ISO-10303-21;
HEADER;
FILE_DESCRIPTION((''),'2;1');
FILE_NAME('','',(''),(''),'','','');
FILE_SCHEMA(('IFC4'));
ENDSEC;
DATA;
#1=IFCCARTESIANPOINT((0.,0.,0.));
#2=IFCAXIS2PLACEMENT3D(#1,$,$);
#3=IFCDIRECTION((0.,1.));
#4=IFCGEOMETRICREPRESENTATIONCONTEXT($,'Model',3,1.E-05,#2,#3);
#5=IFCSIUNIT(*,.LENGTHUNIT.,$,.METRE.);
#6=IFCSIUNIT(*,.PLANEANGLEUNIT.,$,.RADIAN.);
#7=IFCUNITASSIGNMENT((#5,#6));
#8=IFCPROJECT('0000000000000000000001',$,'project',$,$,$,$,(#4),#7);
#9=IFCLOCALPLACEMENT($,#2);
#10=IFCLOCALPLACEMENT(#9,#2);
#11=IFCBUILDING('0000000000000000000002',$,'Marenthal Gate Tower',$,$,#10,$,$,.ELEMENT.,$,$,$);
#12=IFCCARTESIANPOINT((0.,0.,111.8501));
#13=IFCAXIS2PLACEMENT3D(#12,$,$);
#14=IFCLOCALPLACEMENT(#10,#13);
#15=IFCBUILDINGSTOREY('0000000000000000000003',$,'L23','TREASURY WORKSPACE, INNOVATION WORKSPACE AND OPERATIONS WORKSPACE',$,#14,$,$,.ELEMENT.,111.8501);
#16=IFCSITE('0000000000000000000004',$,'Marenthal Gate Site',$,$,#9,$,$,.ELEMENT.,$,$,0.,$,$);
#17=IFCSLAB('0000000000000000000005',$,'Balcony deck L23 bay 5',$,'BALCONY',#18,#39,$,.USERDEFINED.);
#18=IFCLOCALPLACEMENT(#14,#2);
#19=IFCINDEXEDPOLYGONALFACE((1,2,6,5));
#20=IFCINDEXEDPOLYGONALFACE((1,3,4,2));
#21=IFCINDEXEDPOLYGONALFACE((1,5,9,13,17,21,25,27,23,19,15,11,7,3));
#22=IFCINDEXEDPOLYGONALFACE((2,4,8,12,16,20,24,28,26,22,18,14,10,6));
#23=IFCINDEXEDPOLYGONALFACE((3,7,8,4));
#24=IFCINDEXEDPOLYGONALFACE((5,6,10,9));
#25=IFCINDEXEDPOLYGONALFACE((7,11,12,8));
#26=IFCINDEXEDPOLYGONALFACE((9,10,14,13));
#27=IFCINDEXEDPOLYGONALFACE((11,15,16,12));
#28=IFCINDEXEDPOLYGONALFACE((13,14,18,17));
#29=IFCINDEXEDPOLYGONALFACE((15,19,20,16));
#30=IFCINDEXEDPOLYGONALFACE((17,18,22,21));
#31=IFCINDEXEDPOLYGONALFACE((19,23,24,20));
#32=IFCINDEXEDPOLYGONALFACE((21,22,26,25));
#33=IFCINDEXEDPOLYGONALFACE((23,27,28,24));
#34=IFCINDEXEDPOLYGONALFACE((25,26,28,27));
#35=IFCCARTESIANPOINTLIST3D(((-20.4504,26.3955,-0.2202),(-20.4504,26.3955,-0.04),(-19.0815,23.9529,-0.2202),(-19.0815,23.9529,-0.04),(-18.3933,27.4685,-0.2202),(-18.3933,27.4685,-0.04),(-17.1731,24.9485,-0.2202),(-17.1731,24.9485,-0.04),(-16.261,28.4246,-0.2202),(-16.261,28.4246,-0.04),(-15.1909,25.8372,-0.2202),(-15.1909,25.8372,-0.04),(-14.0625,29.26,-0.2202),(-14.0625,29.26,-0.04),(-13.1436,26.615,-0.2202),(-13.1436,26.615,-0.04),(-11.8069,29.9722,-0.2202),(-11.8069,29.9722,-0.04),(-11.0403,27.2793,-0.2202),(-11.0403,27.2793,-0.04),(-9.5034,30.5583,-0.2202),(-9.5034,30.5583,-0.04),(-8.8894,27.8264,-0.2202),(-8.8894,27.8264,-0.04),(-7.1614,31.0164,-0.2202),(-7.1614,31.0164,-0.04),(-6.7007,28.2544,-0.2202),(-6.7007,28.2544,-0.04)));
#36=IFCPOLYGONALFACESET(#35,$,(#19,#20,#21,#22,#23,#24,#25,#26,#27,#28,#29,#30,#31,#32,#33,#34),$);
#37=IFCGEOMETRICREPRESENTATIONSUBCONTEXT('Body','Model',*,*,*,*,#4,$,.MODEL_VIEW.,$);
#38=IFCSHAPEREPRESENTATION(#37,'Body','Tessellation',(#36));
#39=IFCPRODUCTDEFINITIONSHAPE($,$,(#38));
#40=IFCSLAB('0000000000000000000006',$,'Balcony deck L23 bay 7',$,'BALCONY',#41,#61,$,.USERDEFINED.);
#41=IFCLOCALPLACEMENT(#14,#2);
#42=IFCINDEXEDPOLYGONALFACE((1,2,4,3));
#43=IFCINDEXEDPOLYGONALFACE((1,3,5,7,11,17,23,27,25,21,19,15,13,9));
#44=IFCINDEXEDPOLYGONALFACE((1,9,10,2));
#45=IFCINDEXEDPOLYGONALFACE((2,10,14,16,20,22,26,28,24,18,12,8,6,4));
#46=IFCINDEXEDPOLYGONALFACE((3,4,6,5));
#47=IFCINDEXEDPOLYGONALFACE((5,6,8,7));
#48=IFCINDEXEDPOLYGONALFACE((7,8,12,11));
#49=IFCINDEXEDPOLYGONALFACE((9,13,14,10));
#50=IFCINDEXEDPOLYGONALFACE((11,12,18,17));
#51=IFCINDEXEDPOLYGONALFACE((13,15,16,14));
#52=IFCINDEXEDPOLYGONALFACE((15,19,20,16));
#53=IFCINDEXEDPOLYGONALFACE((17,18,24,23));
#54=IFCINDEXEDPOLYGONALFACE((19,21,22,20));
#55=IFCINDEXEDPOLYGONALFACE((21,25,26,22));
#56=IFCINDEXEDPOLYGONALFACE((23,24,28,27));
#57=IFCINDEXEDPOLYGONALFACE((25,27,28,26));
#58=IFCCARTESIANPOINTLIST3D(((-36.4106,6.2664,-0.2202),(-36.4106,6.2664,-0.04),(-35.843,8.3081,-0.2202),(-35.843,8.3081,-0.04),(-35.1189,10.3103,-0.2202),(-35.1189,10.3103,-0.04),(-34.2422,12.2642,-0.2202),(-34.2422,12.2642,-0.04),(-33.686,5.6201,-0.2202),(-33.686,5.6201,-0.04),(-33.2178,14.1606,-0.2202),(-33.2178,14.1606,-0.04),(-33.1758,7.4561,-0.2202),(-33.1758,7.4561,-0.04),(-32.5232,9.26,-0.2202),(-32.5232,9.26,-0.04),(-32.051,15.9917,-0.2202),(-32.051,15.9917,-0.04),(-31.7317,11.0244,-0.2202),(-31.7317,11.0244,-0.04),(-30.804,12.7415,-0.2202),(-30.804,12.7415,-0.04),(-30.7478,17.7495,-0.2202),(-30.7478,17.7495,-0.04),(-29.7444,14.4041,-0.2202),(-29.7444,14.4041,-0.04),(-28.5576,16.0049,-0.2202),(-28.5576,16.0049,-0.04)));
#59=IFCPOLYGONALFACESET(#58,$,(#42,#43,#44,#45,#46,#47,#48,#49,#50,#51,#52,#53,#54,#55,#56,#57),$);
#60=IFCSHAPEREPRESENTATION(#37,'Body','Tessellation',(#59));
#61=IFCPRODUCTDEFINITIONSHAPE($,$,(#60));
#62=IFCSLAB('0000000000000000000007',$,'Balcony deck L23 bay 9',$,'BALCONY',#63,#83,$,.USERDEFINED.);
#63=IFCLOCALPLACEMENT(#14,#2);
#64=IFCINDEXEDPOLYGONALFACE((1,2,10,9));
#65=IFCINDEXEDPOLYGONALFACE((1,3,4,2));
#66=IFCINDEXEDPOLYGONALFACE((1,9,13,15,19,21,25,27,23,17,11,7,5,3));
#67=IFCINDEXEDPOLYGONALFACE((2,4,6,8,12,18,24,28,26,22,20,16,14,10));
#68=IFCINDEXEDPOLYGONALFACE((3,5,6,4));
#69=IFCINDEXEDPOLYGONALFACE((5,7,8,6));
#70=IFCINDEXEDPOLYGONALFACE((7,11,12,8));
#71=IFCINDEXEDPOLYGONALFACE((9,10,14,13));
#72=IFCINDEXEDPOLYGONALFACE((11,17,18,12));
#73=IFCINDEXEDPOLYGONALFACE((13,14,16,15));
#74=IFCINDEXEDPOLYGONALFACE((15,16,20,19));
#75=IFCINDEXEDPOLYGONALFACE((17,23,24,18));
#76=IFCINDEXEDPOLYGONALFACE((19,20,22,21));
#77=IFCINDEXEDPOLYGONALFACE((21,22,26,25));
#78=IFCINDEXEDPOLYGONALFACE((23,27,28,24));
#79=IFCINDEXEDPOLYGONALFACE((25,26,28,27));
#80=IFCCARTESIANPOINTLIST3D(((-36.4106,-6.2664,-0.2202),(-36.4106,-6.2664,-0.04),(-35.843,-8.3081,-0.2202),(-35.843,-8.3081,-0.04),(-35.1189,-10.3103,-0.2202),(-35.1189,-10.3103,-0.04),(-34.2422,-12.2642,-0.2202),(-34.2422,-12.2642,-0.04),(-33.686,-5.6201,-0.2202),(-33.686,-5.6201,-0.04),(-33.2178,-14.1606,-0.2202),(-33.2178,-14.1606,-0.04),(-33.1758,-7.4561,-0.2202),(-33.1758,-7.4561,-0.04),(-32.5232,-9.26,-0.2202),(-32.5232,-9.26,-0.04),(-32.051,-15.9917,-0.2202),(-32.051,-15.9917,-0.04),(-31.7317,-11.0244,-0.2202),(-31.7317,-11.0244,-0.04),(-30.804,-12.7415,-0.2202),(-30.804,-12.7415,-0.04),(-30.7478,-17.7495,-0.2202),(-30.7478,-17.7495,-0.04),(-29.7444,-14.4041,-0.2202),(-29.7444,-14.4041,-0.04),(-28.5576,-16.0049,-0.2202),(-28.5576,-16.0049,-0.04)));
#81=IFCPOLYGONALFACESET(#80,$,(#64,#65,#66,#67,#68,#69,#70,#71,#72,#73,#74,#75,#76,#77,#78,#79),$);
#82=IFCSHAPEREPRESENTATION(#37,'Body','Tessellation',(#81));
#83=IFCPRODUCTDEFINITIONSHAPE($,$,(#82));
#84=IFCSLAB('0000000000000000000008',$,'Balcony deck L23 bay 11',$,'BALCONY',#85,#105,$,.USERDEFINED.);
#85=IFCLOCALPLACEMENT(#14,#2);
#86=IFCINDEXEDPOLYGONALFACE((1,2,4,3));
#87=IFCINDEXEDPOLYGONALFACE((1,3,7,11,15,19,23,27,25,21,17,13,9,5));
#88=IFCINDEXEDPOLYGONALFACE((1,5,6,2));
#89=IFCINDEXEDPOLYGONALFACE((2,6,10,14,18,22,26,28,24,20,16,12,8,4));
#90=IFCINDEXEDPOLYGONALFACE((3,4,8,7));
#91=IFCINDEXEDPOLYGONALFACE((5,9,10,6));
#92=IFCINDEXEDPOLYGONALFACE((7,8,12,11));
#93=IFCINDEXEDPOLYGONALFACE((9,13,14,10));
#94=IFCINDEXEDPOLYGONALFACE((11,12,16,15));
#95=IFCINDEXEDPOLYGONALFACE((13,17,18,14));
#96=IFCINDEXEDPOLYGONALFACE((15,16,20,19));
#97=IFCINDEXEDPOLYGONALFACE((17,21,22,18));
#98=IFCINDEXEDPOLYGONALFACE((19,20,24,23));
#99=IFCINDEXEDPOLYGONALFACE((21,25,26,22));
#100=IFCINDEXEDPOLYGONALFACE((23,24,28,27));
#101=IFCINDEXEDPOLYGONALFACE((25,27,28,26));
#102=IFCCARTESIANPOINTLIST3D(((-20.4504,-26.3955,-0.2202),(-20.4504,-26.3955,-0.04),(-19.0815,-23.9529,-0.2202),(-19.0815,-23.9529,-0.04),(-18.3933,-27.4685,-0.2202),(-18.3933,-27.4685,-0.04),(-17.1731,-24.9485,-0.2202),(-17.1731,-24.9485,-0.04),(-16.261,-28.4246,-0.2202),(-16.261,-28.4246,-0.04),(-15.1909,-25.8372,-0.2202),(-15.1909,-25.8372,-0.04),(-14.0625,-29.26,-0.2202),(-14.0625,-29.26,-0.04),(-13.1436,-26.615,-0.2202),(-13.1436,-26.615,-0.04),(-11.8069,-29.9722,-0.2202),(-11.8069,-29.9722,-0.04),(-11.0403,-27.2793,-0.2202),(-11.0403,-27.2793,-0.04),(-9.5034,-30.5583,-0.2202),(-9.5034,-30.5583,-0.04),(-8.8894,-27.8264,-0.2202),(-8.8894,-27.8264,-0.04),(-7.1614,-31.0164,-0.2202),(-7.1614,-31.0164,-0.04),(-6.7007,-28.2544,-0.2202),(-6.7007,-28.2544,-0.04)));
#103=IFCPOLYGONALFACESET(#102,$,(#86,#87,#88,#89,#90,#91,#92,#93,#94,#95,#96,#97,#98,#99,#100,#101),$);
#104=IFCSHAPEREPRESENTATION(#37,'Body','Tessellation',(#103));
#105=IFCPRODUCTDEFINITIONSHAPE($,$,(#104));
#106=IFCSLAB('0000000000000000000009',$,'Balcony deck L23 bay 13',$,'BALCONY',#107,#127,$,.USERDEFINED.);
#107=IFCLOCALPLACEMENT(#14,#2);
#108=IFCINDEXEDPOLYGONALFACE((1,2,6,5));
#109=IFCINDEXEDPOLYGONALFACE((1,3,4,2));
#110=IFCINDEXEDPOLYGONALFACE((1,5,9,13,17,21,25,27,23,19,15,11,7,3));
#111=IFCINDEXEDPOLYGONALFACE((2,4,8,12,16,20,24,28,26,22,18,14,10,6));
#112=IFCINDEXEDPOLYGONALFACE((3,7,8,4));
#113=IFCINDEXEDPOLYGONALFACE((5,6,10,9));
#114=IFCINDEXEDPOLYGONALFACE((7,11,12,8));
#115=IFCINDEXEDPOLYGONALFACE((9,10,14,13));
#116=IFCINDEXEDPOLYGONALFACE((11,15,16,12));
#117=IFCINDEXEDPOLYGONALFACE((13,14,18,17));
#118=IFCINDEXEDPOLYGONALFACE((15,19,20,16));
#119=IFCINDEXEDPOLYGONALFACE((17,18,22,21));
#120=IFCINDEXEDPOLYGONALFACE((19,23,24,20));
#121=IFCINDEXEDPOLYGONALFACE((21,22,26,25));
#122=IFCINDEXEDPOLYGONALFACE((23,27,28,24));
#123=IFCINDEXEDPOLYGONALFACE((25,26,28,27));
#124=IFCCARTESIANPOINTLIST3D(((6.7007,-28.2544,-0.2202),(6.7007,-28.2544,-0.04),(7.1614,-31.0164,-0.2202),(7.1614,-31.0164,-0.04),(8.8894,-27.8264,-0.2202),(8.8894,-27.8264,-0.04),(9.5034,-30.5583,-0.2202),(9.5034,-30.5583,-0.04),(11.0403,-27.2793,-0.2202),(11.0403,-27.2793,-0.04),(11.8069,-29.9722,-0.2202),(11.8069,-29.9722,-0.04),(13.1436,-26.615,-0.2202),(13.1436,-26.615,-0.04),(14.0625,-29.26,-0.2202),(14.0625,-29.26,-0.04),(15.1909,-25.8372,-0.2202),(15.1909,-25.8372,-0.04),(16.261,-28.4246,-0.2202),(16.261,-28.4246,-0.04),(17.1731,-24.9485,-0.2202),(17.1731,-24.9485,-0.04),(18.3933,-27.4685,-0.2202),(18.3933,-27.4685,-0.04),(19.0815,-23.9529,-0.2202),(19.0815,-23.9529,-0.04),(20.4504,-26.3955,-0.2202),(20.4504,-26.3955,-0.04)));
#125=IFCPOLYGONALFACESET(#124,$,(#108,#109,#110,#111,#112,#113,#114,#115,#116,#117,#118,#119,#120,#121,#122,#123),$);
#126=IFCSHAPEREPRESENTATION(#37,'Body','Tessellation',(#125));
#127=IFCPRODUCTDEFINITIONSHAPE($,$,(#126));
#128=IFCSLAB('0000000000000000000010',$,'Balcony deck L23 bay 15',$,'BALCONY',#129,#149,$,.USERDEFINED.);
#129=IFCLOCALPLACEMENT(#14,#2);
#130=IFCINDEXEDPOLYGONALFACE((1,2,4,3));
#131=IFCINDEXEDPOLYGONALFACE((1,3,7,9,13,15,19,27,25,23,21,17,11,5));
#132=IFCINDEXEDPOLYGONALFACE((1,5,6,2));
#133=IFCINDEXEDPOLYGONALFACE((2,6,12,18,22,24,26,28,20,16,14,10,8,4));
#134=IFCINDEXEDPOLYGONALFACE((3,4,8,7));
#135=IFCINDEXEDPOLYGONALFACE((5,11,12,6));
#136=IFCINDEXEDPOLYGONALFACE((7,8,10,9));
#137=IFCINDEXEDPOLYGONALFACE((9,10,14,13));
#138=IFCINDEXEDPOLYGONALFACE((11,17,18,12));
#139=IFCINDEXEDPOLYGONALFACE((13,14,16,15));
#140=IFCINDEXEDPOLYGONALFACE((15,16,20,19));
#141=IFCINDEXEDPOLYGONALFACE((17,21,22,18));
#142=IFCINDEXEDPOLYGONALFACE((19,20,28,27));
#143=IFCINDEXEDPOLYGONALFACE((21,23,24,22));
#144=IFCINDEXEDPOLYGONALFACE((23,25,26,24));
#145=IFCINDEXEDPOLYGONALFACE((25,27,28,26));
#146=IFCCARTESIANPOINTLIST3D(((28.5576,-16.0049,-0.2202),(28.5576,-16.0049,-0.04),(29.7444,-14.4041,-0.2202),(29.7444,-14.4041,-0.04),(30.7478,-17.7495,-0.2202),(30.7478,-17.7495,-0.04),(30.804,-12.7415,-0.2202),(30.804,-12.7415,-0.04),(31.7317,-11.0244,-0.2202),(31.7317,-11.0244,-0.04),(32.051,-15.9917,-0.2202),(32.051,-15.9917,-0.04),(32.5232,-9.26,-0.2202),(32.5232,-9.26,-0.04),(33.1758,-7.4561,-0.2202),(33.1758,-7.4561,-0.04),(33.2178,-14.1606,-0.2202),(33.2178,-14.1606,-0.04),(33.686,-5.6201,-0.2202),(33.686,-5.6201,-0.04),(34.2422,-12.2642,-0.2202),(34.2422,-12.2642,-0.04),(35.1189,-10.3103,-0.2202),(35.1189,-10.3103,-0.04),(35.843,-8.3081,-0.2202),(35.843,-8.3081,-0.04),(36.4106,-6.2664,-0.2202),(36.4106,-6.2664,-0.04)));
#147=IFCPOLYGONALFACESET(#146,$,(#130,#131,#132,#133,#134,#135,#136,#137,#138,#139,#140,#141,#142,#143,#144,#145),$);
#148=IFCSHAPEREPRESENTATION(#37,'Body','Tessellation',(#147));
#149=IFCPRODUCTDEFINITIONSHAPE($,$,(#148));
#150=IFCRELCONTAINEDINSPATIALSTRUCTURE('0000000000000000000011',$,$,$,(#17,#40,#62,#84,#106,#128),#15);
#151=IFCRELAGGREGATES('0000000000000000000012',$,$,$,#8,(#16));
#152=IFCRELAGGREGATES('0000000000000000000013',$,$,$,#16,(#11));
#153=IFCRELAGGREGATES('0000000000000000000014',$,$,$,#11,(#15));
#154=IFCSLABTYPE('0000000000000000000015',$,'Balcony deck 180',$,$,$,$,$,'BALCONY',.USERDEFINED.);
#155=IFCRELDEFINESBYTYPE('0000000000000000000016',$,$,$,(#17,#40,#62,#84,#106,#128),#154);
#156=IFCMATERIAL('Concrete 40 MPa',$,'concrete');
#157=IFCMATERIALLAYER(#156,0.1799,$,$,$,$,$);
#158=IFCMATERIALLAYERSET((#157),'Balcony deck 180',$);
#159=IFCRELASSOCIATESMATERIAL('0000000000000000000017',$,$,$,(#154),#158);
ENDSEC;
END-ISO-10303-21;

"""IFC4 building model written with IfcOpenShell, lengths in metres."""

from ifc_helpers import new_model, si_unit, direction, frame, origin, place, context, subcontext, project, spatial, polyline, outline, extrude, material, layer, layer_set, type_object, element, save


model = new_model("IFC4")

# Units and contexts
model_context = context("Model", 3, precision=1e-05, world=origin(), true_north=direction((0.0, 1.0)))
body_context = subcontext(model_context, "Body", "Model", "MODEL_VIEW")
ifc_project = project(units=[si_unit("LENGTHUNIT", "METRE"), si_unit("PLANEANGLEUNIT", "RADIAN")], contexts=[model_context])

# Site, building, storey
site_placement = place(None, origin())
site = spatial("IfcSite", under=ifc_project, at=site_placement, Name="Marenthal Gate Site", CompositionType="ELEMENT", RefElevation=0.0)
building_placement = place(site_placement, origin())
building = spatial("IfcBuilding", under=site, at=building_placement, Name="Marenthal Gate Tower", CompositionType="ELEMENT")
storey_placement = place(building_placement, frame((0.0, 0.0, 111.8501)))
storey = spatial("IfcBuildingStorey", under=building, at=storey_placement, Name="L23", Description="TREASURY WORKSPACE, INNOVATION WORKSPACE AND OPERATIONS WORKSPACE", CompositionType="ELEMENT", Elevation=111.8501)

# Slabs
ifc_material_1 = material(Name="Concrete 40 MPa", Category="concrete")
ifc_layer_1 = layer(ifc_material_1, 0.1799)
ifc_layer_set_1 = layer_set([ifc_layer_1], Name="Balcony deck 180")
slab_type_1 = type_object("IfcSlabType", Name="Balcony deck 180", ElementType="BALCONY", PredefinedType="USERDEFINED", material=ifc_layer_set_1)
slab_1_placement = place(storey_placement, frame((0.0, 0.0, -0.2202)))
element("IfcSlab", 1, at=slab_1_placement, inside=storey, type_object=slab_type_1, Name="Balcony deck L23 bay 5", ObjectType="BALCONY", PredefinedType="USERDEFINED", context=body_context, shape_type="SweptSolid", body=[
    extrude(outline(polyline([(-6.7007, 28.2544), (-8.8894, 27.8264), (-11.0403, 27.2793), (-13.1436, 26.615), (-15.1909, 25.8372), (-17.1731, 24.9485), (-19.0815, 23.9529), (-20.4504, 26.3955), (-18.3933, 27.4685), (-16.261, 28.4246), (-14.0625, 29.26), (-11.8069, 29.9722), (-9.5034, 30.5583), (-7.1614, 31.0164), (-6.7007, 28.2544)])), origin(), (0.0, 0.0, 1.0), 0.1802),
])
slab_2_placement = place(storey_placement, frame((0.0, 0.0, -0.2202)))
element("IfcSlab", 2, at=slab_2_placement, inside=storey, type_object=slab_type_1, Name="Balcony deck L23 bay 7", ObjectType="BALCONY", PredefinedType="USERDEFINED", context=body_context, shape_type="SweptSolid", body=[
    extrude(outline(polyline([(-28.5576, 16.0049), (-29.7444, 14.4041), (-30.804, 12.7415), (-31.7317, 11.0244), (-32.5232, 9.26), (-33.1758, 7.4561), (-33.686, 5.6201), (-36.4106, 6.2664), (-35.843, 8.3081), (-35.1189, 10.3103), (-34.2422, 12.2642), (-33.2178, 14.1606), (-32.051, 15.9917), (-30.7478, 17.7495), (-28.5576, 16.0049)])), origin(), (0.0, 0.0, 1.0), 0.1802),
])
slab_3_placement = place(storey_placement, frame((0.0, 0.0, -0.2202)))
element("IfcSlab", 3, at=slab_3_placement, inside=storey, type_object=slab_type_1, Name="Balcony deck L23 bay 9", ObjectType="BALCONY", PredefinedType="USERDEFINED", context=body_context, shape_type="SweptSolid", body=[
    extrude(outline(polyline([(-33.686, -5.6201), (-33.1758, -7.4561), (-32.5232, -9.26), (-31.7317, -11.0244), (-30.804, -12.7415), (-29.7444, -14.4041), (-28.5576, -16.0049), (-30.7478, -17.7495), (-32.051, -15.9917), (-33.2178, -14.1606), (-34.2422, -12.2642), (-35.1189, -10.3103), (-35.843, -8.3081), (-36.4106, -6.2664), (-33.686, -5.6201)])), origin(), (0.0, 0.0, 1.0), 0.1802),
])
slab_4_placement = place(storey_placement, frame((0.0, 0.0, -0.2202)))
element("IfcSlab", 4, at=slab_4_placement, inside=storey, type_object=slab_type_1, Name="Balcony deck L23 bay 11", ObjectType="BALCONY", PredefinedType="USERDEFINED", context=body_context, shape_type="SweptSolid", body=[
    extrude(outline(polyline([(-19.0815, -23.9529), (-17.1731, -24.9485), (-15.1909, -25.8372), (-13.1436, -26.615), (-11.0403, -27.2793), (-8.8894, -27.8264), (-6.7007, -28.2544), (-7.1614, -31.0164), (-9.5034, -30.5583), (-11.8069, -29.9722), (-14.0625, -29.26), (-16.261, -28.4246), (-18.3933, -27.4685), (-20.4504, -26.3955), (-19.0815, -23.9529)])), origin(), (0.0, 0.0, 1.0), 0.1802),
])
slab_5_placement = place(storey_placement, frame((0.0, 0.0, -0.2202)))
element("IfcSlab", 5, at=slab_5_placement, inside=storey, type_object=slab_type_1, Name="Balcony deck L23 bay 13", ObjectType="BALCONY", PredefinedType="USERDEFINED", context=body_context, shape_type="SweptSolid", body=[
    extrude(outline(polyline([(6.7007, -28.2544), (8.8894, -27.8264), (11.0403, -27.2793), (13.1436, -26.615), (15.1909, -25.8372), (17.1731, -24.9485), (19.0815, -23.9529), (20.4504, -26.3955), (18.3933, -27.4685), (16.261, -28.4246), (14.0625, -29.26), (11.8069, -29.9722), (9.5034, -30.5583), (7.1614, -31.0164), (6.7007, -28.2544)])), origin(), (0.0, 0.0, 1.0), 0.1802),
])
slab_6_placement = place(storey_placement, frame((0.0, 0.0, -0.2202)))
element("IfcSlab", 6, at=slab_6_placement, inside=storey, type_object=slab_type_1, Name="Balcony deck L23 bay 15", ObjectType="BALCONY", PredefinedType="USERDEFINED", context=body_context, shape_type="SweptSolid", body=[
    extrude(outline(polyline([(28.5576, -16.0049), (29.7444, -14.4041), (30.804, -12.7415), (31.7317, -11.0244), (32.5232, -9.26), (33.1758, -7.4561), (33.686, -5.6201), (36.4106, -6.2664), (35.843, -8.3081), (35.1189, -10.3103), (34.2422, -12.2642), (33.2178, -14.1606), (32.051, -15.9917), (30.7478, -17.7495), (28.5576, -16.0049)])), origin(), (0.0, 0.0, 1.0), 0.1802),
])

save(model, "model.ifc")
